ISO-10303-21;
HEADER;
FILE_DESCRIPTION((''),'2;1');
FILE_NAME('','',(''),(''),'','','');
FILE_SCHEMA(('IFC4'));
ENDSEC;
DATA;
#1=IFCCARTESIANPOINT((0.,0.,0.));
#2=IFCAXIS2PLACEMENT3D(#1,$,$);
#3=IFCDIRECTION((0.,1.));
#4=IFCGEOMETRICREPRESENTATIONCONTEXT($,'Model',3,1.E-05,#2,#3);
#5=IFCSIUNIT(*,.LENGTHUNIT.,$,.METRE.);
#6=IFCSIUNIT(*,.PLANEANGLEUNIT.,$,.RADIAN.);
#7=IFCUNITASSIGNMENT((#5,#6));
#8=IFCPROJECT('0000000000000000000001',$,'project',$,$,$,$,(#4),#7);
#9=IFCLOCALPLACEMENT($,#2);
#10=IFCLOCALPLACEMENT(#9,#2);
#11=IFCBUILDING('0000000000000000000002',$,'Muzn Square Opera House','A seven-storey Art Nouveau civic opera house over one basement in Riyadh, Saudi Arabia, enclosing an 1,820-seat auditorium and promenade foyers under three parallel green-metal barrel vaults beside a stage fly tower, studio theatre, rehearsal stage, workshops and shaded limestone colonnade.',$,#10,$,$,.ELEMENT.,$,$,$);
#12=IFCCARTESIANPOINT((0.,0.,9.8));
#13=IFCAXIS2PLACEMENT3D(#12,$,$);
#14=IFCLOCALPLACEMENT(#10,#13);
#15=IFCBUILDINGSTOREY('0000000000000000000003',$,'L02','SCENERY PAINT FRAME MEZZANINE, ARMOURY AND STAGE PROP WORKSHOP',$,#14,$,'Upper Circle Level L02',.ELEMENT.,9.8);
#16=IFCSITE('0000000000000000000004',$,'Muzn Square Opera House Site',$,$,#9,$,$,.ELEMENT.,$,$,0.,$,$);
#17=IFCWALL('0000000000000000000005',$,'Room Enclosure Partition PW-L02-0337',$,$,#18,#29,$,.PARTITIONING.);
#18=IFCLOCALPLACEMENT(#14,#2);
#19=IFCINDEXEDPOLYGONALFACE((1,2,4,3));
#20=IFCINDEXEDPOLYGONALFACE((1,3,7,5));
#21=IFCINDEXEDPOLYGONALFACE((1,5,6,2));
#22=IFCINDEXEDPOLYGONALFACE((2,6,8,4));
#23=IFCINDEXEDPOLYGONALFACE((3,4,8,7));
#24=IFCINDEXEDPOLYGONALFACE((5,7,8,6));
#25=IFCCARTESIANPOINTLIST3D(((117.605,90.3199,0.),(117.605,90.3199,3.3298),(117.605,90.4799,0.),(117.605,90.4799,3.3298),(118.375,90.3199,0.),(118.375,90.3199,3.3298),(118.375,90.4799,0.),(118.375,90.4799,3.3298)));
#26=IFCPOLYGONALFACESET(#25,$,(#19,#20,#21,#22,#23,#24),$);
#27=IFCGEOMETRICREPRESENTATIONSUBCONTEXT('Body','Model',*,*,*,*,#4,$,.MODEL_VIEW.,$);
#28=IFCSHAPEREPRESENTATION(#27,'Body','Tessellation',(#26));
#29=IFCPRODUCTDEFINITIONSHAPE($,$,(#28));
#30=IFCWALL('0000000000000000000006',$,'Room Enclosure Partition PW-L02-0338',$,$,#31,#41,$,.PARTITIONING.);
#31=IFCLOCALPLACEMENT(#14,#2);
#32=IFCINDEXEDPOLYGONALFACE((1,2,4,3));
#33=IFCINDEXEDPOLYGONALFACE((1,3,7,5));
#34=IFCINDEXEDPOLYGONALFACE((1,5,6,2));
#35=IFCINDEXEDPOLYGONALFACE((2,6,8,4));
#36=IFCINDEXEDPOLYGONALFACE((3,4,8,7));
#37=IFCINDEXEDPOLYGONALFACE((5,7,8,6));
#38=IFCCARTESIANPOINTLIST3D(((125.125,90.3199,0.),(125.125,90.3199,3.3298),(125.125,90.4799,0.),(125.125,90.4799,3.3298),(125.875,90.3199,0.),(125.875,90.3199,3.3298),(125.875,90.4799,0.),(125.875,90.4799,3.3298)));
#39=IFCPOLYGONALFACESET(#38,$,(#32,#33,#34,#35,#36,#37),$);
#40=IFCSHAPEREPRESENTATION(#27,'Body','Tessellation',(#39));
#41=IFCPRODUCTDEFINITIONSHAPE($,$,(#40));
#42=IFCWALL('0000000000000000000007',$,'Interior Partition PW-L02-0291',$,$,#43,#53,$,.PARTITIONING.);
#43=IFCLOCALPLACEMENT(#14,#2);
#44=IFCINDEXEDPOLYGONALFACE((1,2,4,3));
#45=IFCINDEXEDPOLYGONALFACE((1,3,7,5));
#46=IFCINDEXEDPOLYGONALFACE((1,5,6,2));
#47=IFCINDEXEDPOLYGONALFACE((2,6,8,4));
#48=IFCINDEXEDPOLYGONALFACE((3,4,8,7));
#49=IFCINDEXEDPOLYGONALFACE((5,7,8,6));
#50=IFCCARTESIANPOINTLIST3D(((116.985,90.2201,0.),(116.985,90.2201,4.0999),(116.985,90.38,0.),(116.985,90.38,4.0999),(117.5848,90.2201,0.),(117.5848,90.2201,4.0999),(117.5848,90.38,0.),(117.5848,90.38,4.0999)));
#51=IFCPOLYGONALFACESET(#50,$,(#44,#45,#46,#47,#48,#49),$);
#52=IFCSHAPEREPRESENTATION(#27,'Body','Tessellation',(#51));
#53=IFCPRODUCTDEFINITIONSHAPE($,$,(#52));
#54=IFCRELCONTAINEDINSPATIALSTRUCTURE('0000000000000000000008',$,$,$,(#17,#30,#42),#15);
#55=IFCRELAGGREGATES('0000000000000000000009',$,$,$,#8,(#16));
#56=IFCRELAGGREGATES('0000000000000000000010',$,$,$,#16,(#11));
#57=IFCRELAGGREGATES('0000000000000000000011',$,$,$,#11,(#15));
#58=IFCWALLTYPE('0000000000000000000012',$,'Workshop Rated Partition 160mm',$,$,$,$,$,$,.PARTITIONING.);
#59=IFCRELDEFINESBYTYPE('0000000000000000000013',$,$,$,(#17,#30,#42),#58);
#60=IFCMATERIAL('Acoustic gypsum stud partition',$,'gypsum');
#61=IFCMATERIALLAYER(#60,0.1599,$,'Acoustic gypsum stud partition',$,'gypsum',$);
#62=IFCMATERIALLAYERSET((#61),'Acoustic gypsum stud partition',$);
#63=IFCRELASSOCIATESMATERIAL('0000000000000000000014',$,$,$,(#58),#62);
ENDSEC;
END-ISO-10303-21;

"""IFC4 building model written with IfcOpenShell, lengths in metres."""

from ifc_helpers import new_model, si_unit, direction, frame, frame_2d, origin, place, context, subcontext, project, spatial, rectangle, extrude, material, layer, layer_set, type_object, element, save


model = new_model("IFC4")

# Units and contexts
model_context = context("Model", 3, precision=1e-05, world=origin(), true_north=direction((0.0, 1.0)))
body_context = subcontext(model_context, "Body", "Model", "MODEL_VIEW")
ifc_project = project(units=[si_unit("LENGTHUNIT", "METRE"), si_unit("PLANEANGLEUNIT", "RADIAN")], contexts=[model_context])

# Site, building, storey
site_placement = place(None, origin())
site = spatial("IfcSite", under=ifc_project, at=site_placement, Name="Muzn Square Opera House Site", CompositionType="ELEMENT", RefElevation=0.0)
building_placement = place(site_placement, origin())
building = spatial("IfcBuilding", under=site, at=building_placement, Name="Muzn Square Opera House", Description="A seven-storey Art Nouveau civic opera house over one basement in Riyadh, Saudi Arabia, enclosing an 1,820-seat auditorium and promenade foyers under three parallel green-metal barrel vaults beside a stage fly tower, studio theatre, rehearsal stage, workshops and shaded limestone colonnade.", CompositionType="ELEMENT")
storey_placement = place(building_placement, frame((0.0, 0.0, 9.8)))
storey = spatial("IfcBuildingStorey", under=building, at=storey_placement, Name="L02", Description="SCENERY PAINT FRAME MEZZANINE, ARMOURY AND STAGE PROP WORKSHOP", LongName="Upper Circle Level L02", CompositionType="ELEMENT", Elevation=9.8)

# Shared definitions
ifc_material_1 = material(Name="Acoustic gypsum stud partition", Category="gypsum")
ifc_layer = layer(ifc_material_1, 0.1599, Name="Acoustic gypsum stud partition", Category="gypsum")
ifc_layer_set = layer_set([ifc_layer], Name="Acoustic gypsum stud partition")
wall_type = type_object("IfcWallType", Name="Workshop Rated Partition 160mm", PredefinedType="PARTITIONING", material=ifc_layer_set)

# Walls
wall_1_placement = place(storey_placement, frame((117.605, 90.3999, 0.0), z_axis=(0.0, 0.0, 1.0), x_axis=(1.0, 0.0, 0.0)))
element("IfcWall", 1, at=wall_1_placement, inside=storey, type_object=wall_type, Name="Room Enclosure Partition PW-L02-0337", PredefinedType="PARTITIONING", context=body_context, shape_type="SweptSolid", body=[
    extrude(rectangle(XDim=0.77, YDim=0.1599, at=frame_2d((0.385, 0.0))), origin(), (0.0, 0.0, 1.0), 3.3298),
])
wall_2_placement = place(storey_placement, frame((125.125, 90.3999, 0.0), z_axis=(0.0, 0.0, 1.0), x_axis=(1.0, 0.0, 0.0)))
element("IfcWall", 2, at=wall_2_placement, inside=storey, type_object=wall_type, Name="Room Enclosure Partition PW-L02-0338", PredefinedType="PARTITIONING", context=body_context, shape_type="SweptSolid", body=[
    extrude(rectangle(XDim=0.75, YDim=0.1599, at=frame_2d((0.375, 0.0))), origin(), (0.0, 0.0, 1.0), 3.3298),
])
wall_3_placement = place(storey_placement, frame((116.9851, 90.3, 0.0), z_axis=(0.0, 0.0, 1.0), x_axis=(1.0, 0.0, 0.0)))
element("IfcWall", 3, at=wall_3_placement, inside=storey, type_object=wall_type, Name="Interior Partition PW-L02-0291", PredefinedType="PARTITIONING", context=body_context, shape_type="SweptSolid", body=[
    extrude(rectangle(XDim=0.5999, YDim=0.1599, at=frame_2d((0.2998, 0.0))), origin(), (0.0, 0.0, 1.0), 4.0999),
])

save(model, "model.ifc")
